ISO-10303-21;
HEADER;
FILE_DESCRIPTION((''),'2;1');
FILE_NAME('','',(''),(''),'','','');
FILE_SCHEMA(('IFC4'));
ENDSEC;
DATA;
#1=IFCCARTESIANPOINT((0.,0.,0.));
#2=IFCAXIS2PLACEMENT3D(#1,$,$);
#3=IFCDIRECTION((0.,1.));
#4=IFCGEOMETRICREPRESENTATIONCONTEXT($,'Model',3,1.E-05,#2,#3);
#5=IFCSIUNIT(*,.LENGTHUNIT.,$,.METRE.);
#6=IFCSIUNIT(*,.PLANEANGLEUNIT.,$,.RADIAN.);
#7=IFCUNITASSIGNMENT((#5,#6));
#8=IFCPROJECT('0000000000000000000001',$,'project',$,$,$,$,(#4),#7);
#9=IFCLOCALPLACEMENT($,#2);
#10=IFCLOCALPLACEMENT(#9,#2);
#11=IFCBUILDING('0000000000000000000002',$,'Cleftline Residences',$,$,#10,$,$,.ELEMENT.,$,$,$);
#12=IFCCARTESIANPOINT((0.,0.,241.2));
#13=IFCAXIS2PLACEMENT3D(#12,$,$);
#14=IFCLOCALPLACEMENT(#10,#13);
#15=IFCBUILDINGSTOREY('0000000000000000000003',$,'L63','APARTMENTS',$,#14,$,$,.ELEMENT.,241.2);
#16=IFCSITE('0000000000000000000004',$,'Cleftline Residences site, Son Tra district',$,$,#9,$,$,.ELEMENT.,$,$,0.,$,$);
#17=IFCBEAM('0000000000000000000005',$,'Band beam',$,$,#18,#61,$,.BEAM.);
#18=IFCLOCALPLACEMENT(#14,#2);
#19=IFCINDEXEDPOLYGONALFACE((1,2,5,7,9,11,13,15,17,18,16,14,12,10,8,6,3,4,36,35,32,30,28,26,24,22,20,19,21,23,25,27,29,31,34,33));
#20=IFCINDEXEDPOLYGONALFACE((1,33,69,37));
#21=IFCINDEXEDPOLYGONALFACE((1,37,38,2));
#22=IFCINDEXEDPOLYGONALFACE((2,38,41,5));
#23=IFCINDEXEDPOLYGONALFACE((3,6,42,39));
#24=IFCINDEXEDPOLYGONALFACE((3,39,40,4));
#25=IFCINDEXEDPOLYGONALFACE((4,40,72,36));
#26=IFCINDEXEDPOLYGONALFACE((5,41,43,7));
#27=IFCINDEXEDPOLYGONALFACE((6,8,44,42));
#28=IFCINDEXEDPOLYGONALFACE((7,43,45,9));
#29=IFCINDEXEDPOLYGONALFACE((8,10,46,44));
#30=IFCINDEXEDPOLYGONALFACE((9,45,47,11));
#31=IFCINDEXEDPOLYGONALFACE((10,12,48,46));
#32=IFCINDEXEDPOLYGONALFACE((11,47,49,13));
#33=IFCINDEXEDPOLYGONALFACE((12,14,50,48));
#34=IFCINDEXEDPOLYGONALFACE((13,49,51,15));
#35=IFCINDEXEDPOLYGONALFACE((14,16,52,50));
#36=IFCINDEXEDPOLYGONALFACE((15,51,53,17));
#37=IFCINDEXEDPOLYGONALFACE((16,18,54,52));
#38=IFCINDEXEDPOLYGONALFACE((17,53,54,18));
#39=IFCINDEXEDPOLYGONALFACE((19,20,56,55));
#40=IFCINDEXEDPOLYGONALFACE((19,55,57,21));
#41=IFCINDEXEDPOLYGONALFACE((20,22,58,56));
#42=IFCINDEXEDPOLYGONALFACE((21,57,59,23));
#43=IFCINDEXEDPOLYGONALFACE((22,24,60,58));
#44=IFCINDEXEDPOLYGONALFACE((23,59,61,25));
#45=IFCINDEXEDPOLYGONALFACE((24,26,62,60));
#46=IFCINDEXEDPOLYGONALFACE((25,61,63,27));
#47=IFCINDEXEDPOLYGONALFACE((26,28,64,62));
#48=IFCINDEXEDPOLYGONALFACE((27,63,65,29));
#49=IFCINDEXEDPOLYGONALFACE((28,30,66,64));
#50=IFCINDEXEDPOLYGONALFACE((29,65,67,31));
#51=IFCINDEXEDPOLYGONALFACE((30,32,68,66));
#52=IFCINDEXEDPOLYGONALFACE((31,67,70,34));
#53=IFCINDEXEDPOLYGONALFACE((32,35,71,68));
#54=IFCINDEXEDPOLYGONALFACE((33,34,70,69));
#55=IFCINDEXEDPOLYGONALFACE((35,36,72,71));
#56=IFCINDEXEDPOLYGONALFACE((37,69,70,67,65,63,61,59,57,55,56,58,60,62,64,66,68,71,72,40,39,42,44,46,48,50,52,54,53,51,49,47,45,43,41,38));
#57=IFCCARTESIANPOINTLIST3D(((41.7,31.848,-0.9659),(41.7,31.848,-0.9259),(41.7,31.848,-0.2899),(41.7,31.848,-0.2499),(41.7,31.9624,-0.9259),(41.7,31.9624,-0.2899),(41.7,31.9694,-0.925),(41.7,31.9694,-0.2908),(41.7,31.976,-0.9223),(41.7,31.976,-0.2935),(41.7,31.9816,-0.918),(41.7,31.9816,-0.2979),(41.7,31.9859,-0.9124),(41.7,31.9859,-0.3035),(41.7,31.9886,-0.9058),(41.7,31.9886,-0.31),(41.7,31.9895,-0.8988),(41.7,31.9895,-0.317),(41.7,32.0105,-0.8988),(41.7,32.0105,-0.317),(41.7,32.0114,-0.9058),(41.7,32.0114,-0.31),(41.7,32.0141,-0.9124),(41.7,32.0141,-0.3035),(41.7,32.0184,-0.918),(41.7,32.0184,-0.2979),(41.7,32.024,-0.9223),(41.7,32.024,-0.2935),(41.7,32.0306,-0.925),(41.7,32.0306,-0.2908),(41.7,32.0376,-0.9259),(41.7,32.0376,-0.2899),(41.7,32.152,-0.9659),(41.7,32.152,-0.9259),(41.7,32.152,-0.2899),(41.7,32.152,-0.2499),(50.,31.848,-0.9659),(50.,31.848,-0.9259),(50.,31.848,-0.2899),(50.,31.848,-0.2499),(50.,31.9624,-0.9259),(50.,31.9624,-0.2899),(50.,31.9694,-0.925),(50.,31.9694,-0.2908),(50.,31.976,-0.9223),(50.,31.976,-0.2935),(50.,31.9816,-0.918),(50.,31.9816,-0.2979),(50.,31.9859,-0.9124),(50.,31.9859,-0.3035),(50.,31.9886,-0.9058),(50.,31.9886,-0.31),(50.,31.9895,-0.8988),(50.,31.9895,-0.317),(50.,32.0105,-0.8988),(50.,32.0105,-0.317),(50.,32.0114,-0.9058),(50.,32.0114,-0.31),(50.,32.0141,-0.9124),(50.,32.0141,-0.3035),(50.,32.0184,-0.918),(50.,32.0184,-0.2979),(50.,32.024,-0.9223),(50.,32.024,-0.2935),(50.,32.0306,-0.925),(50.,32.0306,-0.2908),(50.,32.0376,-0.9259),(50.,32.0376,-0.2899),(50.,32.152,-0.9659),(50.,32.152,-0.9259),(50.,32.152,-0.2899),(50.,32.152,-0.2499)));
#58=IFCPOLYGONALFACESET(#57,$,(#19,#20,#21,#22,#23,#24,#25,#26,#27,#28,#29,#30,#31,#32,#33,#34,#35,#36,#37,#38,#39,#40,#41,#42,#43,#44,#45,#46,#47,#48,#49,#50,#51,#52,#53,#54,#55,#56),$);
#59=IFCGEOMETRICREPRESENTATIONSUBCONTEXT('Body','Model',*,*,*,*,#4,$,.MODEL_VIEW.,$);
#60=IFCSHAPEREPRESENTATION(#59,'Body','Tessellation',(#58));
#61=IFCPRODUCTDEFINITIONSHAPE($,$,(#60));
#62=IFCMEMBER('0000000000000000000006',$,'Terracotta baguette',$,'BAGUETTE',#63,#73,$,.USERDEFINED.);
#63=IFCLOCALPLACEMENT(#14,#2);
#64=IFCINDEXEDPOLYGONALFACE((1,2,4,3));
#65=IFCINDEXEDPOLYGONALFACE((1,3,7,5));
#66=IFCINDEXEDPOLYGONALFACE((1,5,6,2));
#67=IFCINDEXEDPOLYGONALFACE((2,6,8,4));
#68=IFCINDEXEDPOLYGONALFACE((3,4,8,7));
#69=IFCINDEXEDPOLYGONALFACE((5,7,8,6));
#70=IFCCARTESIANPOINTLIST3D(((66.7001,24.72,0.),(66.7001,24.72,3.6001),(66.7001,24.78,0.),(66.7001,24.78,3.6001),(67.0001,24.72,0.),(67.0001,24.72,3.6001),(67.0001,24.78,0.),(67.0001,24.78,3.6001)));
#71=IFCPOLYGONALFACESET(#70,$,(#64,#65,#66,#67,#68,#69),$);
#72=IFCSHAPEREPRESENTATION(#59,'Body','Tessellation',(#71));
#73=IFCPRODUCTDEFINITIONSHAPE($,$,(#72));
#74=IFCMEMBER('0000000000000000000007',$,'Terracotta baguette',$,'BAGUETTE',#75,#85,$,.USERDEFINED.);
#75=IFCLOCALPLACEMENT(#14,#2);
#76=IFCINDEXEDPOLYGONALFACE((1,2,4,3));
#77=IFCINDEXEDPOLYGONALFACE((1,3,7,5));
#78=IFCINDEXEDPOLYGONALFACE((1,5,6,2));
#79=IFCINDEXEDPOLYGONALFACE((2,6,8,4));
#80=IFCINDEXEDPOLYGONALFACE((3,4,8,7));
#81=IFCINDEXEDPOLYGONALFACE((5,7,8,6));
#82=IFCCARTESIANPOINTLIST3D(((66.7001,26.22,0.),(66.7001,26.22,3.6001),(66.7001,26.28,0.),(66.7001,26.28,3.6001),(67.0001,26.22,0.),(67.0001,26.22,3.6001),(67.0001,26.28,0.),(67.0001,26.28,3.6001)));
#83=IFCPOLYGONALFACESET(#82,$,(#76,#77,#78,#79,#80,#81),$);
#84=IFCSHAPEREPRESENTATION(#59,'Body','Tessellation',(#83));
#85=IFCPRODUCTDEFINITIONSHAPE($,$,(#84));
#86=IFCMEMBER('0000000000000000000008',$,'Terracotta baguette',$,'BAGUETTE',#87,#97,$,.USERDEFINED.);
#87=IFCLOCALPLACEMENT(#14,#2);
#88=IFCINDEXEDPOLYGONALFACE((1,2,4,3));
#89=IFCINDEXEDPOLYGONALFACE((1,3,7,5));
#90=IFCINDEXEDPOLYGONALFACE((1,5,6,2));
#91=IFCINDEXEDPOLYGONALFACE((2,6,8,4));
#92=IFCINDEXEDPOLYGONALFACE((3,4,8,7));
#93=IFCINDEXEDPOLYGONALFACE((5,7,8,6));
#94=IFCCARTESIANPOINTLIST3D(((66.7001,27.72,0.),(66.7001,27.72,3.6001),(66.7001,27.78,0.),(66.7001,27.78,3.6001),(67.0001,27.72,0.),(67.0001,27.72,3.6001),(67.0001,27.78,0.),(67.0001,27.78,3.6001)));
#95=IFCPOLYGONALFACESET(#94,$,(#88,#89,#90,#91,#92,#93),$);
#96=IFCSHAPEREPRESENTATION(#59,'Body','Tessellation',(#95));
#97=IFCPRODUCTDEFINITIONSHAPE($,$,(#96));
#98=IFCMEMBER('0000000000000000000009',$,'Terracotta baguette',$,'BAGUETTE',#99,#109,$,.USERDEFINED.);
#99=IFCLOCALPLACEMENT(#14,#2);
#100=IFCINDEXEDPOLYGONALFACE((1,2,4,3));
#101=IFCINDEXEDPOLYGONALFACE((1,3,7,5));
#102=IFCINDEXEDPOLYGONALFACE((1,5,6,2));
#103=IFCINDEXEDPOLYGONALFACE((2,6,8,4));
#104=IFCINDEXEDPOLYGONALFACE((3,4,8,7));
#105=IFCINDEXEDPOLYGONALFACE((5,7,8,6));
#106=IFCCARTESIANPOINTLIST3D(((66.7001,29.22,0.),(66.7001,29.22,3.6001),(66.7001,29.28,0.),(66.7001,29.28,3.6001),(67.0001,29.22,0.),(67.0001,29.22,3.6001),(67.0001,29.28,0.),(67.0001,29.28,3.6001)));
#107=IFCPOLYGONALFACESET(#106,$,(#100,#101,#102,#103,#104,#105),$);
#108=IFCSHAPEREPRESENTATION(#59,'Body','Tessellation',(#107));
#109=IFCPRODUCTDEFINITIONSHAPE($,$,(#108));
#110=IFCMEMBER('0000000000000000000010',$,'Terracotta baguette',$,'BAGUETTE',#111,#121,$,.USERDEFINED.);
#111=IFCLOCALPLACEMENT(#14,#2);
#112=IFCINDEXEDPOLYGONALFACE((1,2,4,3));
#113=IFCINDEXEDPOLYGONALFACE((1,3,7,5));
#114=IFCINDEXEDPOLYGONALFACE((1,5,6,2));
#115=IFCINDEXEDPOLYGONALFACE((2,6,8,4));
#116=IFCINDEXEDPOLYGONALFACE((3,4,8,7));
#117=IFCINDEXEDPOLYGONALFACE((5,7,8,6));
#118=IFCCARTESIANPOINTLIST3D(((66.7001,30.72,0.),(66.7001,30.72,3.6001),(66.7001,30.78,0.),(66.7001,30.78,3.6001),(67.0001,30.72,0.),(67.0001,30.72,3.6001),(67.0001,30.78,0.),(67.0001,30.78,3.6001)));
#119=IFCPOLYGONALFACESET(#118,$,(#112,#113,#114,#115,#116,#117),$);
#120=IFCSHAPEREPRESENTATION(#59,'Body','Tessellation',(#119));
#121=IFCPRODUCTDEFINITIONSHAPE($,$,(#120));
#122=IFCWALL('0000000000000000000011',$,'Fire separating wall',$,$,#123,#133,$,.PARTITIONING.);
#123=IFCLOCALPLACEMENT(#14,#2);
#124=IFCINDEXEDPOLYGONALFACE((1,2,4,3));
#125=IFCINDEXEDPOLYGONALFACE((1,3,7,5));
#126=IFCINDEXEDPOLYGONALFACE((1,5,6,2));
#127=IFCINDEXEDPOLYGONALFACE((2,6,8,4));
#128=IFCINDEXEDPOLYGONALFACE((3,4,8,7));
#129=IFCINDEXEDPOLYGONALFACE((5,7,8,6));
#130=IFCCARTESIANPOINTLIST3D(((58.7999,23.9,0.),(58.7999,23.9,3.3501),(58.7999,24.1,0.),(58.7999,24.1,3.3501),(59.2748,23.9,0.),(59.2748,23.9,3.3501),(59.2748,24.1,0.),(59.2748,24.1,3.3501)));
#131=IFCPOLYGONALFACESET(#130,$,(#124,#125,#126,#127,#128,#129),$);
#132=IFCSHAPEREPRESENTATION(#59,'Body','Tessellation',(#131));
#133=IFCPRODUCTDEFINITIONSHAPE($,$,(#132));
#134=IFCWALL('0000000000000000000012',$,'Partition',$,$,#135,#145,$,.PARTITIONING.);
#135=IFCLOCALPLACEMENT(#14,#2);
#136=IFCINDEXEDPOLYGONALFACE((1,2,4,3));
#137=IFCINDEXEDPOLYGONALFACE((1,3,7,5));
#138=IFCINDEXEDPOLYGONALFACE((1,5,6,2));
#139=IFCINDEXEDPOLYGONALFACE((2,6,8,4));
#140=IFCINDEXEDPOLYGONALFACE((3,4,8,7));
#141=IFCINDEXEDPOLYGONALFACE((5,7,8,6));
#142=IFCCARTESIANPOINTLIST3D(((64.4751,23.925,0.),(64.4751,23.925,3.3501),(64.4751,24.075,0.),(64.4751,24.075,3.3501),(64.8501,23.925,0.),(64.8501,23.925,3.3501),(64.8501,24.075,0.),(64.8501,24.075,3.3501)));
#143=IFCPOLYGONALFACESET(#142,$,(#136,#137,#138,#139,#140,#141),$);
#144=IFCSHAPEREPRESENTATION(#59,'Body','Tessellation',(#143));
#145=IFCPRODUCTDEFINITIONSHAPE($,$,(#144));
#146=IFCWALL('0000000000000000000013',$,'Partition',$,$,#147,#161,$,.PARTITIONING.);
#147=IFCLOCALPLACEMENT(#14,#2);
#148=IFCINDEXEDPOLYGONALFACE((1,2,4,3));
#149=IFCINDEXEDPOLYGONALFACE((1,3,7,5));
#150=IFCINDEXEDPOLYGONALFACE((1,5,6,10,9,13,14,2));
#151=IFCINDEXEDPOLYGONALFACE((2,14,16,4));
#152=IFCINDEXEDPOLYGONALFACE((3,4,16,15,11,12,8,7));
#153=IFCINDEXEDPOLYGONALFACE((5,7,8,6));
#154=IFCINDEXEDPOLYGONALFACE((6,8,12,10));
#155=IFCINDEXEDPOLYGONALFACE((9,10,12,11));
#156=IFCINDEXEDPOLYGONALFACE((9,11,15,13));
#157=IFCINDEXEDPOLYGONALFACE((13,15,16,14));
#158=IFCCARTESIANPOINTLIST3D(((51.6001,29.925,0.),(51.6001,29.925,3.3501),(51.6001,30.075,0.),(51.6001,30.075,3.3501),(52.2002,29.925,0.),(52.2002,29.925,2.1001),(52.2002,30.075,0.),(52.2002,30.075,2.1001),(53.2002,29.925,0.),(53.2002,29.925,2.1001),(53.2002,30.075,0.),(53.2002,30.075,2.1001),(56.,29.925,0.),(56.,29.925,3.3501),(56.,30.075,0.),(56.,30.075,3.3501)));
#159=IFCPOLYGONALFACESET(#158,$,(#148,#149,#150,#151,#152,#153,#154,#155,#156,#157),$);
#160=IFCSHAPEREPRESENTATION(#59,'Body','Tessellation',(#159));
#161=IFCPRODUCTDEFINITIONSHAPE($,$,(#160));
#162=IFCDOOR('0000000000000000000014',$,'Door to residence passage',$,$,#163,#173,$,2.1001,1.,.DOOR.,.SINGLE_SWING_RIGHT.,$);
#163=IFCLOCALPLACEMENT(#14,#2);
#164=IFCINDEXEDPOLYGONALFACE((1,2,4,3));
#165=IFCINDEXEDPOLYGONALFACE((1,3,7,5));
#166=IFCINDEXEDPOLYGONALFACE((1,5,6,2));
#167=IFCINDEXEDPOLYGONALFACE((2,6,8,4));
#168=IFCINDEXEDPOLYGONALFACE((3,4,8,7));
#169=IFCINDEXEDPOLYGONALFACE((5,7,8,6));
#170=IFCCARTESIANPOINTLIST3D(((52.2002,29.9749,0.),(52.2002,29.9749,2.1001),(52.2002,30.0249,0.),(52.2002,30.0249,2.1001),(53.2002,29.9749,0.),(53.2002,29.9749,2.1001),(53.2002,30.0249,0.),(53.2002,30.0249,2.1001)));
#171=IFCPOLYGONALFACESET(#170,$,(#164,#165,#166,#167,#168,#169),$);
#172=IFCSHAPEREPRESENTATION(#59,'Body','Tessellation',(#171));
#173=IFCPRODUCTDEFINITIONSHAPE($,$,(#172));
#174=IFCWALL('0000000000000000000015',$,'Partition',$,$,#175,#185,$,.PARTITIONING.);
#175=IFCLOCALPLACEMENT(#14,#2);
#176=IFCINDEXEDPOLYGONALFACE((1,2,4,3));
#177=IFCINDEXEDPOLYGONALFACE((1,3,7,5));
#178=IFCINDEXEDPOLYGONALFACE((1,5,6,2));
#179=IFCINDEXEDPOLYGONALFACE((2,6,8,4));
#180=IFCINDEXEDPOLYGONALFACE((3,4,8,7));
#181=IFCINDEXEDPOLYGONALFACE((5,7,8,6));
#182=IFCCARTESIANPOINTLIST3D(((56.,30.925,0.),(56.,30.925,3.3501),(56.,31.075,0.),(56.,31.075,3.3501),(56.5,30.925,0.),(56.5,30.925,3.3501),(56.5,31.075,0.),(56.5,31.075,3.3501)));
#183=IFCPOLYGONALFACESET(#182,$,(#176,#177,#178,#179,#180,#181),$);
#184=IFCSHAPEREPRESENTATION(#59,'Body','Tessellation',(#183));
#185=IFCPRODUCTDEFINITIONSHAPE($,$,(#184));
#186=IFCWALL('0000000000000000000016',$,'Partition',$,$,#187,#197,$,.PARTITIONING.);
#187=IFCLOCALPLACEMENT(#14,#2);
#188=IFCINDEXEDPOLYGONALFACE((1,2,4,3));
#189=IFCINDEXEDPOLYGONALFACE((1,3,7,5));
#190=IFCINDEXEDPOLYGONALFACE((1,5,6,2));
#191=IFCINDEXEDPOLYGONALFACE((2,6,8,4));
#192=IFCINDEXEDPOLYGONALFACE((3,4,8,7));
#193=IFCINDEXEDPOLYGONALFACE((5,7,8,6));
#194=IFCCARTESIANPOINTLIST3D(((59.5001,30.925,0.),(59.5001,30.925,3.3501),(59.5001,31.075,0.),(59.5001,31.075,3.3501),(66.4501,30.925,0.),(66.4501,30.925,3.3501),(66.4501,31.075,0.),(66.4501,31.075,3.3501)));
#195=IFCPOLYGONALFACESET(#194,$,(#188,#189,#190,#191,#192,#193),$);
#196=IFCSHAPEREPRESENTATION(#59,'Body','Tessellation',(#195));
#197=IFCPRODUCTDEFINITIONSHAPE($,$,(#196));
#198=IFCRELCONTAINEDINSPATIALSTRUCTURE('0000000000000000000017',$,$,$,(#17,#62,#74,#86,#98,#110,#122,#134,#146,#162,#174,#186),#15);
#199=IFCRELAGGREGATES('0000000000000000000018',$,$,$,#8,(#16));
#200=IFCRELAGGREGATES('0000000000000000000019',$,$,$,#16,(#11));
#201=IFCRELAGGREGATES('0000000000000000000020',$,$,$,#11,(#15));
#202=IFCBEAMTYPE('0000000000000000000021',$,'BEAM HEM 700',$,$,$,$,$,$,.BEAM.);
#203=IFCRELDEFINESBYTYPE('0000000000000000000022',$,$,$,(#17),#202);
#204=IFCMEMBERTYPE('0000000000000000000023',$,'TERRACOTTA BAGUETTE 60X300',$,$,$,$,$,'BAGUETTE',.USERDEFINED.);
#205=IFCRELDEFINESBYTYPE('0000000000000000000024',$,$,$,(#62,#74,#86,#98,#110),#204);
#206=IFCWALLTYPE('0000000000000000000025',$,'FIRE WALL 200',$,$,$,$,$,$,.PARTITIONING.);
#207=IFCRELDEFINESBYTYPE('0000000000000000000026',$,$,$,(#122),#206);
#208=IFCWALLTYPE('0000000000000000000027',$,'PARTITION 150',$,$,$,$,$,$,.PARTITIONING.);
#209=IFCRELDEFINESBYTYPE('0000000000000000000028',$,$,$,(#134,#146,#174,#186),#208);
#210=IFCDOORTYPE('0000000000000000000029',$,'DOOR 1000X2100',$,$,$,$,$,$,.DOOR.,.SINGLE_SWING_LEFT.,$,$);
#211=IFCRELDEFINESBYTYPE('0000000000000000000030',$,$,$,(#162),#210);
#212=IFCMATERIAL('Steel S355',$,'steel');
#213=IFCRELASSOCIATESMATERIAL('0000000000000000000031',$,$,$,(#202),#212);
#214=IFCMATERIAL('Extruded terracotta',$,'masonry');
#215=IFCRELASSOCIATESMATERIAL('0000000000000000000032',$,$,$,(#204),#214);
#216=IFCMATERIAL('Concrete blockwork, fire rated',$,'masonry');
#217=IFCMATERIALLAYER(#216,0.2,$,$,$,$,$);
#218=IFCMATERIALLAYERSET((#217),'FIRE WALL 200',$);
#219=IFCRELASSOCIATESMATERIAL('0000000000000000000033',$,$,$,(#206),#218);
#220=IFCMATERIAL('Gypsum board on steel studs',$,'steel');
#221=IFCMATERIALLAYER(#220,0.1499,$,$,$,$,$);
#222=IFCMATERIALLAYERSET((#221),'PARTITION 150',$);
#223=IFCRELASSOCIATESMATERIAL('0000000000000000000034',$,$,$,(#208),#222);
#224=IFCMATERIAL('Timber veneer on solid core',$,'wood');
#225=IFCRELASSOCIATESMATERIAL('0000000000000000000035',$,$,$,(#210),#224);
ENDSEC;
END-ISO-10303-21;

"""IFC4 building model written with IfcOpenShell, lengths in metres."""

from ifc_helpers import new_model, si_unit, direction, frame, frame_2d, origin, origin_2d, place, context, subcontext, project, spatial, rectangle, i_section, extrude, material, layer, layer_set, material_profile, profile_set, type_object, element, fill, save


model = new_model("IFC4")

# Units and contexts
model_context = context("Model", 3, precision=1e-05, world=origin(), true_north=direction((0.0, 1.0)))
body_context = subcontext(model_context, "Body", "Model", "MODEL_VIEW")
ifc_project = project(units=[si_unit("LENGTHUNIT", "METRE"), si_unit("PLANEANGLEUNIT", "RADIAN")], contexts=[model_context])

# Site, building, storey
site_placement = place(None, origin())
site = spatial("IfcSite", under=ifc_project, at=site_placement, Name="Cleftline Residences site, Son Tra district", CompositionType="ELEMENT", RefElevation=0.0)
building_placement = place(site_placement, origin())
building = spatial("IfcBuilding", under=site, at=building_placement, Name="Cleftline Residences", CompositionType="ELEMENT")
storey_placement = place(building_placement, frame((0.0, 0.0, 241.2)))
storey = spatial("IfcBuildingStorey", under=building, at=storey_placement, Name="L63", Description="APARTMENTS", CompositionType="ELEMENT", Elevation=241.2)

# Beam
ifc_material_1 = material(Name="Steel S355", Category="steel")
ifc_material_profile_1 = material_profile(ifc_material_1, i_section(OverallWidth=0.304, OverallDepth=0.7161, WebThickness=0.021, FlangeThickness=0.04, FilletRadius=0.0271, at=origin_2d()))
ifc_profile_set_1 = profile_set([ifc_material_profile_1], Name="Steel S355")
beam_type_1 = type_object("IfcBeamType", Name="BEAM HEM 700", PredefinedType="BEAM", material=ifc_profile_set_1)
beam_1_placement = place(storey_placement, frame((50.0, 32.0, -0.6079), z_axis=(-1.0, 0.0, 0.0), x_axis=(0.0, -1.0, 0.0)))
element("IfcBeam", 1, at=beam_1_placement, inside=storey, type_object=beam_type_1, Name="Band beam", PredefinedType="BEAM", context=body_context, shape_type="SweptSolid", body=[
    extrude(i_section(OverallWidth=0.304, OverallDepth=0.7161, WebThickness=0.021, FlangeThickness=0.04, FilletRadius=0.0271, at=origin_2d()), origin(), (0.0, 0.0, 1.0), 8.3),
])

# Members
ifc_material_2 = material(Name="Extruded terracotta", Category="masonry")
ifc_material_profile_2 = material_profile(ifc_material_2, rectangle(XDim=0.0601, YDim=0.3, at=origin_2d()))
ifc_profile_set_2 = profile_set([ifc_material_profile_2], Name="Extruded terracotta")
member_type_1 = type_object("IfcMemberType", Name="TERRACOTTA BAGUETTE 60X300", ElementType="BAGUETTE", PredefinedType="USERDEFINED", material=ifc_profile_set_2)
for number, where, z_axis, x_axis, name in (
    (2, (66.8501, 24.75, 0.0), (0.0, 0.0, 1.0), (0.0, 1.0, 0.0), "Terracotta baguette"),
    (3, (66.8501, 26.25, 0.0), (0.0, 0.0, 1.0), (0.0, 1.0, 0.0), "Terracotta baguette"),
    (4, (66.8501, 27.75, 0.0), (0.0, 0.0, 1.0), (0.0, 1.0, 0.0), "Terracotta baguette"),
    (5, (66.8501, 29.25, 0.0), (0.0, 0.0, 1.0), (0.0, 1.0, 0.0), "Terracotta baguette"),
    (6, (66.8501, 30.75, 0.0), (0.0, 0.0, 1.0), (0.0, 1.0, 0.0), "Terracotta baguette"),
):
    element("IfcMember", number, at=place(storey_placement, frame(where, z_axis=z_axis, x_axis=x_axis)), inside=storey, type_object=member_type_1, Name=name, ObjectType="BAGUETTE", PredefinedType="USERDEFINED", context=body_context, shape_type="SweptSolid", body=[
        extrude(rectangle(XDim=0.0601, YDim=0.3, at=origin_2d()), origin(), (0.0, 0.0, 1.0), 3.6001),
    ])

# Walls
ifc_material_3 = material(Name="Concrete blockwork, fire rated", Category="masonry")
ifc_layer_1 = layer(ifc_material_3, 0.2)
ifc_layer_set_1 = layer_set([ifc_layer_1], Name="FIRE WALL 200")
wall_type_1 = type_object("IfcWallType", Name="FIRE WALL 200", PredefinedType="PARTITIONING", material=ifc_layer_set_1)
wall_1_placement = place(storey_placement, frame((58.8, 24.0, 0.0), z_axis=(0.0, 0.0, 1.0), x_axis=(1.0, 0.0, 0.0)))
element("IfcWall", 7, at=wall_1_placement, inside=storey, type_object=wall_type_1, Name="Fire separating wall", PredefinedType="PARTITIONING", context=body_context, shape_type="SweptSolid", body=[
    extrude(rectangle(XDim=0.4749, YDim=0.2, at=frame_2d((0.2373, 0.0))), origin(), (0.0, 0.0, 1.0), 3.3501),
])
ifc_material_4 = material(Name="Gypsum board on steel studs", Category="steel")
ifc_layer_2 = layer(ifc_material_4, 0.1499)
ifc_layer_set_2 = layer_set([ifc_layer_2], Name="PARTITION 150")
wall_type_2 = type_object("IfcWallType", Name="PARTITION 150", PredefinedType="PARTITIONING", material=ifc_layer_set_2)
wall_2_placement = place(storey_placement, frame((64.4751, 24.0, 0.0), z_axis=(0.0, 0.0, 1.0), x_axis=(1.0, 0.0, 0.0)))
element("IfcWall", 8, at=wall_2_placement, inside=storey, type_object=wall_type_2, Name="Partition", PredefinedType="PARTITIONING", context=body_context, shape_type="SweptSolid", body=[
    extrude(rectangle(XDim=0.375, YDim=0.1499, at=frame_2d((0.1875, 0.0))), origin(), (0.0, 0.0, 1.0), 3.3501),
])

# Wall, opening, door
wall_3_placement = place(storey_placement, frame((51.6001, 30.0, 0.0), z_axis=(0.0, 0.0, 1.0), x_axis=(1.0, 0.0, 0.0)))
wall_3 = element("IfcWall", 9, at=wall_3_placement, inside=storey, type_object=wall_type_2, Name="Partition", PredefinedType="PARTITIONING", context=body_context, shape_type="SweptSolid", body=[
    extrude(rectangle(XDim=4.3999, YDim=0.1499, at=frame_2d((2.2, 0.0))), origin(), (0.0, 0.0, 1.0), 3.3501),
])
opening_1_placement = place(wall_3_placement, frame((0.6001, 0.0, 0.0)))
opening_1 = element("IfcOpeningElement", 10, at=opening_1_placement, cuts=wall_3, PredefinedType="OPENING", context=body_context, shape_type="SweptSolid", body=[
    extrude(rectangle(XDim=1.0, YDim=2.1001, at=frame_2d((0.5, 1.05))), frame((0.0, 0.085, 0.0), z_axis=(0.0, -1.0, 0.0), x_axis=(1.0, 0.0, 0.0)), (0.0, 0.0, 1.0), 0.1699),
])
ifc_material_5 = material(Name="Timber veneer on solid core", Category="wood")
door_type_1 = type_object("IfcDoorType", Name="DOOR 1000X2100", OperationType="SINGLE_SWING_LEFT", PredefinedType="DOOR", material=ifc_material_5)
door_1_placement = place(opening_1_placement, origin())
door_1 = element("IfcDoor", 11, at=door_1_placement, inside=storey, type_object=door_type_1, Name="Door to residence passage", OperationType="SINGLE_SWING_RIGHT", OverallHeight=2.1001, OverallWidth=1.0, PredefinedType="DOOR", context=body_context, shape_type="SweptSolid", body=[
    extrude(rectangle(XDim=1.0, YDim=2.1001, at=frame_2d((0.5, 1.05))), frame((0.0, 0.0249, 0.0), z_axis=(0.0, -1.0, 0.0), x_axis=(1.0, 0.0, 0.0)), (0.0, 0.0, 1.0), 0.05),
])
fill(opening_1, door_1)

# Walls
wall_4_placement = place(storey_placement, frame((56.0, 31.0, 0.0), z_axis=(0.0, 0.0, 1.0), x_axis=(1.0, 0.0, 0.0)))
element("IfcWall", 12, at=wall_4_placement, inside=storey, type_object=wall_type_2, Name="Partition", PredefinedType="PARTITIONING", context=body_context, shape_type="SweptSolid", body=[
    extrude(rectangle(XDim=0.5, YDim=0.1499, at=frame_2d((0.25, 0.0))), origin(), (0.0, 0.0, 1.0), 3.3501),
])
wall_5_placement = place(storey_placement, frame((59.5, 31.0, 0.0), z_axis=(0.0, 0.0, 1.0), x_axis=(1.0, 0.0, 0.0)))
element("IfcWall", 13, at=wall_5_placement, inside=storey, type_object=wall_type_2, Name="Partition", PredefinedType="PARTITIONING", context=body_context, shape_type="SweptSolid", body=[
    extrude(rectangle(XDim=6.95, YDim=0.1499, at=frame_2d((3.4751, 0.0))), origin(), (0.0, 0.0, 1.0), 3.3501),
])

save(model, "model.ifc")
